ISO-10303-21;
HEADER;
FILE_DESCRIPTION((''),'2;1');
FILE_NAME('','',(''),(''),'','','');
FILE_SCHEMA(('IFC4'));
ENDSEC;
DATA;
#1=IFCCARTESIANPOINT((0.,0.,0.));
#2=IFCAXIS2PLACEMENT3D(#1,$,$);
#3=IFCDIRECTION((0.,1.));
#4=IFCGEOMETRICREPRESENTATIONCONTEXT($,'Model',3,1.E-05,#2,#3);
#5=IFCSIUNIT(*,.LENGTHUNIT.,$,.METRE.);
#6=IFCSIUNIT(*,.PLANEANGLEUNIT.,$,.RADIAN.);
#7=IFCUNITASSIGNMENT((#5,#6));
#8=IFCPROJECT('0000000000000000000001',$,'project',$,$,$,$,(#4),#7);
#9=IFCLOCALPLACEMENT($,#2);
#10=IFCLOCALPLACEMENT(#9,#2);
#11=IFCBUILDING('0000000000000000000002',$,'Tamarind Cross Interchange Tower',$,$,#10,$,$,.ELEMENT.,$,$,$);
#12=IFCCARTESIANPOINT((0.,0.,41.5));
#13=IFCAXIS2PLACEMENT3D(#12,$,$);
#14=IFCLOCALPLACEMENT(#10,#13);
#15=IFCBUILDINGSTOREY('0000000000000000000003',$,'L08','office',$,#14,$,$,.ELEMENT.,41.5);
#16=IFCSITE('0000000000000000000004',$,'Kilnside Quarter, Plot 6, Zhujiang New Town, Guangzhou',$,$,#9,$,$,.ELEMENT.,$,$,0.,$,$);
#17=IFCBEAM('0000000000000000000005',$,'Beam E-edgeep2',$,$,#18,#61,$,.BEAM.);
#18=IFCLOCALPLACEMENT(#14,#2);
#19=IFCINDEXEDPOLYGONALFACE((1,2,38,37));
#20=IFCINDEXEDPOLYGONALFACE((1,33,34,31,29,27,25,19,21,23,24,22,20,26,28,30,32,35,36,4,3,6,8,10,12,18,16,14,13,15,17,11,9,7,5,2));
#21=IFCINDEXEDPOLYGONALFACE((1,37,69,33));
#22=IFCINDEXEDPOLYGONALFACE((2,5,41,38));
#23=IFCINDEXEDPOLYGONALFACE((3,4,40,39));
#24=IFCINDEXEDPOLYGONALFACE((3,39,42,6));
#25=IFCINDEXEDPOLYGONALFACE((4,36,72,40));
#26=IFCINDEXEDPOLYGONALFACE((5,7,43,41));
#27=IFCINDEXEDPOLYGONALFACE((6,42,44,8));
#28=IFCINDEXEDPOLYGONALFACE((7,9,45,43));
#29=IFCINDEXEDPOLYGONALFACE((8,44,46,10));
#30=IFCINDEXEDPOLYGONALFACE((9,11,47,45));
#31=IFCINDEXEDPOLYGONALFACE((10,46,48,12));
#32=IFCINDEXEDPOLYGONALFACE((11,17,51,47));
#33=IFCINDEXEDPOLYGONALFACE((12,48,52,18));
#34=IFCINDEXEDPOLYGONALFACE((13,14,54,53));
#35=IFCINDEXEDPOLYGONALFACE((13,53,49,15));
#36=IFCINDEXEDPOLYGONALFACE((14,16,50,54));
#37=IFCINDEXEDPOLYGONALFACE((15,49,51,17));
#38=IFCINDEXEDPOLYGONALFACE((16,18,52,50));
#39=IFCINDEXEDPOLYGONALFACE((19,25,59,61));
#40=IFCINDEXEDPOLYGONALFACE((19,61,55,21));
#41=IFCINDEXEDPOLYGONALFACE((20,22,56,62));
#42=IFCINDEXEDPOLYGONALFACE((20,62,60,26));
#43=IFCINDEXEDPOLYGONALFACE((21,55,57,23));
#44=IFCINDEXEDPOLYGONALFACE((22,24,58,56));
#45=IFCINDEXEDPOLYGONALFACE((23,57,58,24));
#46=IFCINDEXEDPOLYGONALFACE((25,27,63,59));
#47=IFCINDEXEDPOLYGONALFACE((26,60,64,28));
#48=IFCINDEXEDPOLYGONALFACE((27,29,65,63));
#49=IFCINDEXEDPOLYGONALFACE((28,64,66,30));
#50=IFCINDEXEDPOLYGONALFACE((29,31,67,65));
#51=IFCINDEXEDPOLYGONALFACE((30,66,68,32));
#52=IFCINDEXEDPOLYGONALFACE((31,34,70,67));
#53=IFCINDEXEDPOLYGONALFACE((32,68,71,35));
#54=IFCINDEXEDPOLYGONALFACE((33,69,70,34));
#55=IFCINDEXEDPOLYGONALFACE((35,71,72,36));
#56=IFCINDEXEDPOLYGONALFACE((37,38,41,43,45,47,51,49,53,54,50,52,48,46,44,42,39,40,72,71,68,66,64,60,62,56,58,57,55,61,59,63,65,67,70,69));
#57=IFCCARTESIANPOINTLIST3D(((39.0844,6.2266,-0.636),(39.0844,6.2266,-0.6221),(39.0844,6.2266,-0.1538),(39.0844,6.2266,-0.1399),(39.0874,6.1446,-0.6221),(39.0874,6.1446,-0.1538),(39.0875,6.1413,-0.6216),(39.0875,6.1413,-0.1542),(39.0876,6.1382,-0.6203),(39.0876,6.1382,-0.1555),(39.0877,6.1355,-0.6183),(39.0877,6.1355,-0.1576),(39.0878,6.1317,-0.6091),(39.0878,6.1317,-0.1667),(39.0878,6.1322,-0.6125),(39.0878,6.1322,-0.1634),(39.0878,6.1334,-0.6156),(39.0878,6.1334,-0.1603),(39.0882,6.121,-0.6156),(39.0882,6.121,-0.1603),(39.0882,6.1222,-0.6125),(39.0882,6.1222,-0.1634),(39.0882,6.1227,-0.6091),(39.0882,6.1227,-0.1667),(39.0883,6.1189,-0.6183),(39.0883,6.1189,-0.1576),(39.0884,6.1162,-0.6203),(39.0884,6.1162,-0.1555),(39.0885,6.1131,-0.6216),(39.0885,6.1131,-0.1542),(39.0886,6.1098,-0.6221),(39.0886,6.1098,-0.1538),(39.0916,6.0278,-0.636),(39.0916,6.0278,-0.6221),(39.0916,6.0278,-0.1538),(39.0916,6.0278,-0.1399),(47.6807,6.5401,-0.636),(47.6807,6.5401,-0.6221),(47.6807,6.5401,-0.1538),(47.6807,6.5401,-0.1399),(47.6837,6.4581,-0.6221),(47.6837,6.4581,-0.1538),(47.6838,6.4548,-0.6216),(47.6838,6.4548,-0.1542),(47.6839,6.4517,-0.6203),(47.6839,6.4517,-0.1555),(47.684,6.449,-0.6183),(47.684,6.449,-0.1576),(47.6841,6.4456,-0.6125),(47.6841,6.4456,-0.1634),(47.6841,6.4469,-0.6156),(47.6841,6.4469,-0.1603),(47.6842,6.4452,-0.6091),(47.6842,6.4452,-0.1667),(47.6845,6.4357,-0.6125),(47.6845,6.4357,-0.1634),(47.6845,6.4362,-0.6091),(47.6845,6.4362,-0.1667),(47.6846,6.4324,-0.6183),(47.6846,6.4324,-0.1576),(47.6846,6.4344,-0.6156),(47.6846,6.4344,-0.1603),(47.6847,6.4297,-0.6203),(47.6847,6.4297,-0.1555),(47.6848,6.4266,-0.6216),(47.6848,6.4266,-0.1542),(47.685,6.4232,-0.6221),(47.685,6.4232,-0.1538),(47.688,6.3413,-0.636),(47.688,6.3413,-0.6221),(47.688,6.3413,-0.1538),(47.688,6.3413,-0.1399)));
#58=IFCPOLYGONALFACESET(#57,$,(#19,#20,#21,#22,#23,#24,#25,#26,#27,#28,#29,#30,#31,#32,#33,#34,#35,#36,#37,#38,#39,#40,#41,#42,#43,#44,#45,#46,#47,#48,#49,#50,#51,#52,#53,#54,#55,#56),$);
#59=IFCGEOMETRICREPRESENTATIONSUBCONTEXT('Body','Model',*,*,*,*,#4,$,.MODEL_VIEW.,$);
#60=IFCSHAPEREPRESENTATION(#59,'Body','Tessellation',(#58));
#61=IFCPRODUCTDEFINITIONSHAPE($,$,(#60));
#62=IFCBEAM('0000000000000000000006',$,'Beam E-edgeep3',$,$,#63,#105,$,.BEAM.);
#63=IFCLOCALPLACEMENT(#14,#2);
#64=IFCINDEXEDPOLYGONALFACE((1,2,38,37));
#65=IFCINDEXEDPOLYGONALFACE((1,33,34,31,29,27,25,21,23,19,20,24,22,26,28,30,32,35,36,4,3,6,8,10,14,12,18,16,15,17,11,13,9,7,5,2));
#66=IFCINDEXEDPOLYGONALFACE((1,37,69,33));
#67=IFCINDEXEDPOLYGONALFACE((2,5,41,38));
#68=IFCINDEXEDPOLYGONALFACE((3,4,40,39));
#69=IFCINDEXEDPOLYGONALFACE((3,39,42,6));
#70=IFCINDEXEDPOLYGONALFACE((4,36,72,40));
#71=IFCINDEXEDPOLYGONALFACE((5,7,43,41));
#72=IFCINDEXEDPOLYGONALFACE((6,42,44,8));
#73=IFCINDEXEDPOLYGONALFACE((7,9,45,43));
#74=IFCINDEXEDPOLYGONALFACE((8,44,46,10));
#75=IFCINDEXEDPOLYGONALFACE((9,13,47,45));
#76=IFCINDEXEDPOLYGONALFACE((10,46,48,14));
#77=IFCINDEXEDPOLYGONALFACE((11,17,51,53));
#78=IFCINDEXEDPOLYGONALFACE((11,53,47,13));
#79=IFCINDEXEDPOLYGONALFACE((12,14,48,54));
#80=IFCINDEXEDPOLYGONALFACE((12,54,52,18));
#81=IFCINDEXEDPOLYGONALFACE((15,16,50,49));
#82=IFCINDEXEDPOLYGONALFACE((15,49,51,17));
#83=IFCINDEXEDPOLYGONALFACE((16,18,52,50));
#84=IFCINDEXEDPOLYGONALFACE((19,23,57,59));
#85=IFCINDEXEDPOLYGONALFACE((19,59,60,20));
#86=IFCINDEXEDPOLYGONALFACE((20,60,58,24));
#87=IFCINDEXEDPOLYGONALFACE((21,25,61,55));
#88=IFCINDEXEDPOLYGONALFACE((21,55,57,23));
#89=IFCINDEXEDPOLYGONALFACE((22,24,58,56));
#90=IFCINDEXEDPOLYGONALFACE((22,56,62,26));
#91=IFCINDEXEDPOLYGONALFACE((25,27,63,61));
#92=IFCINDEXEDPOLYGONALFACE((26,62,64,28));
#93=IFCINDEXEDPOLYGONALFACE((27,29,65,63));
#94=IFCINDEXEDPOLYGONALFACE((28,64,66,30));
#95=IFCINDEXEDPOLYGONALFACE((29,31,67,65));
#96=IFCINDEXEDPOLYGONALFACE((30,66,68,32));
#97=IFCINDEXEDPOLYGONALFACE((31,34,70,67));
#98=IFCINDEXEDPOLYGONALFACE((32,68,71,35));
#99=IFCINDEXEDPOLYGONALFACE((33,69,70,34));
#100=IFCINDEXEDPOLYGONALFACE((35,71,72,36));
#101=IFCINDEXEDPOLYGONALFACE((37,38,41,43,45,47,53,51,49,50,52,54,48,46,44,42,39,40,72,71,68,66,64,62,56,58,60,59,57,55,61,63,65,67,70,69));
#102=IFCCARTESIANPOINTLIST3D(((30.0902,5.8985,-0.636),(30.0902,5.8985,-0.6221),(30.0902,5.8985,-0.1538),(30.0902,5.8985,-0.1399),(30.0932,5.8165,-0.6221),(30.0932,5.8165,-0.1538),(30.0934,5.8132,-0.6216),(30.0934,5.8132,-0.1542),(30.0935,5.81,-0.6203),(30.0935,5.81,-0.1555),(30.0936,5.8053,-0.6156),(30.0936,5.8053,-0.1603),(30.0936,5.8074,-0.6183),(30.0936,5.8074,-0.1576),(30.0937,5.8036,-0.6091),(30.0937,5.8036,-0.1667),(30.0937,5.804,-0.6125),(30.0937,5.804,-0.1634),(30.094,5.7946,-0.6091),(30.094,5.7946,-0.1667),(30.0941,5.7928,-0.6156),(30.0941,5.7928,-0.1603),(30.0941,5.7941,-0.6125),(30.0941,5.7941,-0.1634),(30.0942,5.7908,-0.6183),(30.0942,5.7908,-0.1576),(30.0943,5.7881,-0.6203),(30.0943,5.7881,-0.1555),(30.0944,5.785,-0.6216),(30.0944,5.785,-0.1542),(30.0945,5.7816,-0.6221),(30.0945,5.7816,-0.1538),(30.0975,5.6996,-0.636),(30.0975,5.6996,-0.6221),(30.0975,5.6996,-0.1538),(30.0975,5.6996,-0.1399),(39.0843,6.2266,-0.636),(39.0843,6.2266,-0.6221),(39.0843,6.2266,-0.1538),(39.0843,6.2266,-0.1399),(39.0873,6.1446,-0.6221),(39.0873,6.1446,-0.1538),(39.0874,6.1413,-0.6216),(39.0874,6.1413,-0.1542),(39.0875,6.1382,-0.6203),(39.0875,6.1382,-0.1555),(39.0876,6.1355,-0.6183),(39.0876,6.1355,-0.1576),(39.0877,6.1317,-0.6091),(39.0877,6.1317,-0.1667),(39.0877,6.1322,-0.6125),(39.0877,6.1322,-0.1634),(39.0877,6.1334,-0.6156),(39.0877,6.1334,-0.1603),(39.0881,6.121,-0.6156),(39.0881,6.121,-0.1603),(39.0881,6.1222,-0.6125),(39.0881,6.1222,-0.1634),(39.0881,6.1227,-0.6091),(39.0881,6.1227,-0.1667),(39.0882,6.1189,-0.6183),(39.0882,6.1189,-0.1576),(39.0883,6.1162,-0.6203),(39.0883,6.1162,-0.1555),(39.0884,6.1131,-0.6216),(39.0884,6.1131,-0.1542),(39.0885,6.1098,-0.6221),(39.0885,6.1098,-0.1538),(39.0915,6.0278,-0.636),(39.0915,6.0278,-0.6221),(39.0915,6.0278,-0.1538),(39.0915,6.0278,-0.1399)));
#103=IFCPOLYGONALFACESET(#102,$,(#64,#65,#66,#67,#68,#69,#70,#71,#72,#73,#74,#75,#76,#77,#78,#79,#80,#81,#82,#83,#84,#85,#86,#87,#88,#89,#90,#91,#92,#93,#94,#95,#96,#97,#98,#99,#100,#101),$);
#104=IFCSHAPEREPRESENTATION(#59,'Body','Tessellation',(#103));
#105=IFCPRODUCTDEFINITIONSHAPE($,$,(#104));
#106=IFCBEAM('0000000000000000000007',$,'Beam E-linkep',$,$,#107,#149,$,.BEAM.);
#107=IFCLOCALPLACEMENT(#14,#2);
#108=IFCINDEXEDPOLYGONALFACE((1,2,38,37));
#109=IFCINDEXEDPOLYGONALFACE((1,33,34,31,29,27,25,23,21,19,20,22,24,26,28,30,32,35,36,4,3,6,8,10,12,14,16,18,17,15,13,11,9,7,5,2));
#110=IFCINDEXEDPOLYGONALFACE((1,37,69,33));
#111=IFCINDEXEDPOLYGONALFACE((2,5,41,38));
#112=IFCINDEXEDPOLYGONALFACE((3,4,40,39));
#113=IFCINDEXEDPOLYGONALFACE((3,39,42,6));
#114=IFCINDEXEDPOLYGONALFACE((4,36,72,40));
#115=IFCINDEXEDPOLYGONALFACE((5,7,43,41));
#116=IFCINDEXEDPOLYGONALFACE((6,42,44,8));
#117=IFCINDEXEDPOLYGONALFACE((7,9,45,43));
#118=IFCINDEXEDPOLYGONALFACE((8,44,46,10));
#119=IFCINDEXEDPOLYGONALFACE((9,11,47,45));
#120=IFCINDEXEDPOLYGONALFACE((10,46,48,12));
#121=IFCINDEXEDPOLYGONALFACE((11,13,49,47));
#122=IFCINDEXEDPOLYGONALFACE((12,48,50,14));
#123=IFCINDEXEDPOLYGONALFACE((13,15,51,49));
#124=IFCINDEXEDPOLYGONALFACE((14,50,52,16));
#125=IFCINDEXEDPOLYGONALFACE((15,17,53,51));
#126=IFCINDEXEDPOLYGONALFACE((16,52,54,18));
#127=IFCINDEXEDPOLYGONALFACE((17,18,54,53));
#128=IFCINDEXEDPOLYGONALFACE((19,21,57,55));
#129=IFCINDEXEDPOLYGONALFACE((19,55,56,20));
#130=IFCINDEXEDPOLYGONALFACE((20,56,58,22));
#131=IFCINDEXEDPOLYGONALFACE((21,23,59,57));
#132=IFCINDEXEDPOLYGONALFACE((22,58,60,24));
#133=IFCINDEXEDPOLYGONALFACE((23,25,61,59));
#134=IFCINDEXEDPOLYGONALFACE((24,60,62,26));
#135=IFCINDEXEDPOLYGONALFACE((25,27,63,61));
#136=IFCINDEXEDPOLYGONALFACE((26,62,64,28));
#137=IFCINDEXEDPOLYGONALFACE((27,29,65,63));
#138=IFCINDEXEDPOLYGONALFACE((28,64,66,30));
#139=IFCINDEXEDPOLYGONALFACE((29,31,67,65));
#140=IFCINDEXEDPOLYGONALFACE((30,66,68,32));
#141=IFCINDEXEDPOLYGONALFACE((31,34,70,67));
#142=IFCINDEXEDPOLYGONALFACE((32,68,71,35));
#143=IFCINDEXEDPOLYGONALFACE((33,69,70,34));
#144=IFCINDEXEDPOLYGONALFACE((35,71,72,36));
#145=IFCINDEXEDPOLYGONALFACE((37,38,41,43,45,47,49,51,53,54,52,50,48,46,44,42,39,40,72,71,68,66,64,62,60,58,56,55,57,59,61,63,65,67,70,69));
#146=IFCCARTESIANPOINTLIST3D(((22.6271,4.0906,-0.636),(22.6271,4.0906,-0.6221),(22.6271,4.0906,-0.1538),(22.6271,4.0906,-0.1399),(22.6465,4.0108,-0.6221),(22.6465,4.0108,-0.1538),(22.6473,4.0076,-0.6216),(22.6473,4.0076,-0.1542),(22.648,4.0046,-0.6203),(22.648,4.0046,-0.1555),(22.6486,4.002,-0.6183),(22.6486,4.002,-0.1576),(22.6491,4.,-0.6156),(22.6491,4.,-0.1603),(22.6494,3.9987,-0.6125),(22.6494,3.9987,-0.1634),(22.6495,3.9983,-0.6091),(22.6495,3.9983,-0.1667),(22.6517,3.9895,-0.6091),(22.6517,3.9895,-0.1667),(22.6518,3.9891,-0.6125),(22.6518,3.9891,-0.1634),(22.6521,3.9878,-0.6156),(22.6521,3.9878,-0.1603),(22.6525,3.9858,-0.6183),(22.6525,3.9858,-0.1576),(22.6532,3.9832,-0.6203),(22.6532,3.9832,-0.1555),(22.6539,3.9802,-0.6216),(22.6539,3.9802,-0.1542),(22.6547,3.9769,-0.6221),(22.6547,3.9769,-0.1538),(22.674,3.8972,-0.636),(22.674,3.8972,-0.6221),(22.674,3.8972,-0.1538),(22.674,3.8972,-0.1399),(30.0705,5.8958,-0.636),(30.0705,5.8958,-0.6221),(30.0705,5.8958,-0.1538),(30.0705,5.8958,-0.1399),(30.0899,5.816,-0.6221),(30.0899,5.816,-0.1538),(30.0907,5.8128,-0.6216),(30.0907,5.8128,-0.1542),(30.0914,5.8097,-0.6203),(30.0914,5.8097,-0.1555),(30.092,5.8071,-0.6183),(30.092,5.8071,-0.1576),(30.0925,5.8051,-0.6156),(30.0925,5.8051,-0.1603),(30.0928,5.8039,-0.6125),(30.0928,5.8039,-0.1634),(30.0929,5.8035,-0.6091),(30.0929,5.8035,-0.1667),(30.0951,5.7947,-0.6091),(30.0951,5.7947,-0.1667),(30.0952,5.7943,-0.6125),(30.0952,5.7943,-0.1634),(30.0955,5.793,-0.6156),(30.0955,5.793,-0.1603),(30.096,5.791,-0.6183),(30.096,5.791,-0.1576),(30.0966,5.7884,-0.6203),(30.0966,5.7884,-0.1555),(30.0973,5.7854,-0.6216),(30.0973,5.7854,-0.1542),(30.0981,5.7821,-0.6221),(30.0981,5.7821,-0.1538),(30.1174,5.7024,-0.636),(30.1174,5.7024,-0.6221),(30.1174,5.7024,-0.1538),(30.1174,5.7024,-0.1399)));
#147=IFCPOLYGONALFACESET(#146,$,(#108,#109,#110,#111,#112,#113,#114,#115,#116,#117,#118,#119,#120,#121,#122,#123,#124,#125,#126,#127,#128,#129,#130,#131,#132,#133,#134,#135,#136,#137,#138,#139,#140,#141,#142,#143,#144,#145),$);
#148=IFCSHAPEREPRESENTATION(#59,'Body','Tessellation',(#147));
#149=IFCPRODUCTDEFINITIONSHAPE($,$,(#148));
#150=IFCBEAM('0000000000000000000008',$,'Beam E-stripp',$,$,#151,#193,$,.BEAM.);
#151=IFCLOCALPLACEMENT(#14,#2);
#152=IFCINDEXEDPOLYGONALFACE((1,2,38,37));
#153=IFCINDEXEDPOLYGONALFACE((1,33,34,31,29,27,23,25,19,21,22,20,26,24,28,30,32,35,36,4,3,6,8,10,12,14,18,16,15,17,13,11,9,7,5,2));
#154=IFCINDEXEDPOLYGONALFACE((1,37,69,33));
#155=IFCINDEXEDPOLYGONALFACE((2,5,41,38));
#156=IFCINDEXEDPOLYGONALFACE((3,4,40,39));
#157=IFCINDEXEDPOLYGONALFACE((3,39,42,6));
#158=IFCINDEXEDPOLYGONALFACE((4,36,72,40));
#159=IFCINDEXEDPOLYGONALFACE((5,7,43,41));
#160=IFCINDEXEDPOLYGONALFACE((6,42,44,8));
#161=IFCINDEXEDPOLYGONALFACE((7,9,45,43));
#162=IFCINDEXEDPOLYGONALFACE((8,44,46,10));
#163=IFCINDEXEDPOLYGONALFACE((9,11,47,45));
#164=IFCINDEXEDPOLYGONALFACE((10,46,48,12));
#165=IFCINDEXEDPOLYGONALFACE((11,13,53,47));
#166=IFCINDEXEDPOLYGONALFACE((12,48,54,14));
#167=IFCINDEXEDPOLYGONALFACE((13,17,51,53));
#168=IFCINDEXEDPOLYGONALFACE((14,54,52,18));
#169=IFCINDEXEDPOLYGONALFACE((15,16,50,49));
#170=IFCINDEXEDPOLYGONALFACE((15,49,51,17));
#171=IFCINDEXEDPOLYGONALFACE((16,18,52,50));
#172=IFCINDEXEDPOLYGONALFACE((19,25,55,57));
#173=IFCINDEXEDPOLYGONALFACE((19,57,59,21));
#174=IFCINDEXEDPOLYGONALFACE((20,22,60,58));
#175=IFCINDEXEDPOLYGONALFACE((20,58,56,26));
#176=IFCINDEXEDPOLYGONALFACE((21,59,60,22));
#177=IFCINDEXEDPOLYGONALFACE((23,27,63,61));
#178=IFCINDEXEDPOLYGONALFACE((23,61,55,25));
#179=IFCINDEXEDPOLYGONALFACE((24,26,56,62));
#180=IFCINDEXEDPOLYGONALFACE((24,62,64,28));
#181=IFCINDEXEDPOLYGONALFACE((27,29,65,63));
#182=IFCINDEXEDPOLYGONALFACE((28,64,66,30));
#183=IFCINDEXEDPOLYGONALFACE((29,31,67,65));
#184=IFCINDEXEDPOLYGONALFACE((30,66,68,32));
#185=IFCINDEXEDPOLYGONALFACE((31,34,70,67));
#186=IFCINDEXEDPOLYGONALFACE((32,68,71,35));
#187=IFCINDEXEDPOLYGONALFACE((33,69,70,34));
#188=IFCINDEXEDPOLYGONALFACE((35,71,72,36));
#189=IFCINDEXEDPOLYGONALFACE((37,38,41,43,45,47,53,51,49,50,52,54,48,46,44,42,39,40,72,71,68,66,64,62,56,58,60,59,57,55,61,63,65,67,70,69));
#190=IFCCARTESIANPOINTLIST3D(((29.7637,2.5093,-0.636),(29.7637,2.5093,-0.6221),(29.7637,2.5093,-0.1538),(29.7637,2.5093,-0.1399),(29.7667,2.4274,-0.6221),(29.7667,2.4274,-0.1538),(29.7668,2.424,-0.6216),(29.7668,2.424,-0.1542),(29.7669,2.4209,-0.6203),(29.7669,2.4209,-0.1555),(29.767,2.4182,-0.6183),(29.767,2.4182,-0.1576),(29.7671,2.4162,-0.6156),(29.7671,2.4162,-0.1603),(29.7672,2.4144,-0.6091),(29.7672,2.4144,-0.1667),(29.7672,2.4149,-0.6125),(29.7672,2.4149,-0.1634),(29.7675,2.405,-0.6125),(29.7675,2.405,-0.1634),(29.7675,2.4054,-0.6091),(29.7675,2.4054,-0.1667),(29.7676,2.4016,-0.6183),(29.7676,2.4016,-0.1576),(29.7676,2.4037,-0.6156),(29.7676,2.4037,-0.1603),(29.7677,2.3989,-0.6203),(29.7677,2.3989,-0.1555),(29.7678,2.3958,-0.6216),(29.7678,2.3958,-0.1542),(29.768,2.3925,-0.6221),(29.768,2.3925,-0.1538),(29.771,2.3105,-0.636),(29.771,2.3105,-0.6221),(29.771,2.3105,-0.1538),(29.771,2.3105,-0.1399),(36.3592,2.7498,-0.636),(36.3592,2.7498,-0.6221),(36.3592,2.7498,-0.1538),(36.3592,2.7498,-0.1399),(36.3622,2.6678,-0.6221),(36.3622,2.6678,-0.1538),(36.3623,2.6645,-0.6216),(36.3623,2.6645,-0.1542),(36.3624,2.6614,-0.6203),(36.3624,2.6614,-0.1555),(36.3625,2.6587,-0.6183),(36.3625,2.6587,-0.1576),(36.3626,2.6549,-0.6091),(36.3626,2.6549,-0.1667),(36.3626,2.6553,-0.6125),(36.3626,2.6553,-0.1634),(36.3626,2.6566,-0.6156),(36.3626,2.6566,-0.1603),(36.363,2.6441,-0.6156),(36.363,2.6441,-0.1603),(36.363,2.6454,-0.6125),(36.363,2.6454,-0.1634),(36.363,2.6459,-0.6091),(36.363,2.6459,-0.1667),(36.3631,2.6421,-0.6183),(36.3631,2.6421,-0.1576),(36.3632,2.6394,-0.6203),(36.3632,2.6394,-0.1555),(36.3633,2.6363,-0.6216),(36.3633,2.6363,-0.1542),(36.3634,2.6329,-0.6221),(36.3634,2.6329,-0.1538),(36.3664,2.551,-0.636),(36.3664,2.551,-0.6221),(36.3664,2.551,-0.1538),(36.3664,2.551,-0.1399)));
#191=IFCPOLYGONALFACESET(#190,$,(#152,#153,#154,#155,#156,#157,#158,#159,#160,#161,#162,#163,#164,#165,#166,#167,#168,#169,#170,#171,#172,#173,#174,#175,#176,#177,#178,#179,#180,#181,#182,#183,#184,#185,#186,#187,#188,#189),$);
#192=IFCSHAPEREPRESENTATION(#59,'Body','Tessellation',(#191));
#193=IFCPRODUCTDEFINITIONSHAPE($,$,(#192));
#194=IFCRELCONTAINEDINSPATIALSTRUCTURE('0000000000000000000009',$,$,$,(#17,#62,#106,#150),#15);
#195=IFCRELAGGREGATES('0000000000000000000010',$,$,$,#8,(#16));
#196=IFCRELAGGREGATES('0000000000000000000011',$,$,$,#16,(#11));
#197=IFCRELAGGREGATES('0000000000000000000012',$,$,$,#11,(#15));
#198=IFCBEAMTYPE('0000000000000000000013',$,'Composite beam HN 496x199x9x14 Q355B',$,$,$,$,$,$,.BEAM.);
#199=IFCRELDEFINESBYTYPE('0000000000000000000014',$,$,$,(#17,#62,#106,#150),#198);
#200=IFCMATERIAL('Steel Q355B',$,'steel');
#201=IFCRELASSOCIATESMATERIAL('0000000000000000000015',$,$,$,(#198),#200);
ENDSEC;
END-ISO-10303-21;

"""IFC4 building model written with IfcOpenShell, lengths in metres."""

from ifc_helpers import new_model, si_unit, direction, frame, origin, origin_2d, place, context, subcontext, project, spatial, i_section, extrude, material, material_profile, profile_set, type_object, element, save


model = new_model("IFC4")

# Units and contexts
model_context = context("Model", 3, precision=1e-05, world=origin(), true_north=direction((0.0, 1.0)))
body_context = subcontext(model_context, "Body", "Model", "MODEL_VIEW")
ifc_project = project(units=[si_unit("LENGTHUNIT", "METRE"), si_unit("PLANEANGLEUNIT", "RADIAN")], contexts=[model_context])

# Site, building, storey
site_placement = place(None, origin())
site = spatial("IfcSite", under=ifc_project, at=site_placement, Name="Kilnside Quarter, Plot 6, Zhujiang New Town, Guangzhou", CompositionType="ELEMENT", RefElevation=0.0)
building_placement = place(site_placement, origin())
building = spatial("IfcBuilding", under=site, at=building_placement, Name="Tamarind Cross Interchange Tower", CompositionType="ELEMENT")
storey_placement = place(building_placement, frame((0.0, 0.0, 41.5)))
storey = spatial("IfcBuildingStorey", under=building, at=storey_placement, Name="L08", Description="office", CompositionType="ELEMENT", Elevation=41.5)

# Beams
ifc_material_1 = material(Name="Steel Q355B", Category="steel")
ifc_material_profile_1 = material_profile(ifc_material_1, i_section(OverallWidth=0.199, OverallDepth=0.4961, WebThickness=0.009, FlangeThickness=0.0139, FilletRadius=0.0129, at=origin_2d()), Name="HN 496x199x9x14")
ifc_profile_set_1 = profile_set([ifc_material_profile_1], Name="Steel Q355B")
beam_type_1 = type_object("IfcBeamType", Name="Composite beam HN 496x199x9x14 Q355B", PredefinedType="BEAM", material=ifc_profile_set_1)
beam_1_placement = place(storey_placement, frame((47.6843, 6.4407, -0.3879), z_axis=(-0.999336, -0.036442, 0.0), x_axis=(0.036442, -0.999336, 0.0)))
element("IfcBeam", 1, at=beam_1_placement, inside=storey, type_object=beam_type_1, Name="Beam E-edgeep2", PredefinedType="BEAM", context=body_context, shape_type="SweptSolid", body=[
    extrude(i_section(OverallWidth=0.199, OverallDepth=0.4961, WebThickness=0.009, FlangeThickness=0.0139, FilletRadius=0.0129, at=origin_2d()), origin(), (0.0, 0.0, 1.0), 8.6021),
])
beam_2_placement = place(storey_placement, frame((39.0879, 6.1272, -0.3879), z_axis=(-0.999335, -0.036459, 0.0), x_axis=(0.036459, -0.999335, 0.0)))
element("IfcBeam", 2, at=beam_2_placement, inside=storey, type_object=beam_type_1, Name="Beam E-edgeep3", PredefinedType="BEAM", context=body_context, shape_type="SweptSolid", body=[
    extrude(i_section(OverallWidth=0.199, OverallDepth=0.4961, WebThickness=0.009, FlangeThickness=0.0139, FilletRadius=0.0129, at=origin_2d()), origin(), (0.0, 0.0, 1.0), 9.0),
])
beam_3_placement = place(storey_placement, frame((30.094, 5.7991, -0.3879), z_axis=(-0.971828, -0.235689, 0.0), x_axis=(0.235689, -0.971828, 0.0)))
element("IfcBeam", 3, at=beam_3_placement, inside=storey, type_object=beam_type_1, Name="Beam E-linkep", PredefinedType="BEAM", context=body_context, shape_type="SweptSolid", body=[
    extrude(i_section(OverallWidth=0.199, OverallDepth=0.4961, WebThickness=0.009, FlangeThickness=0.0139, FilletRadius=0.0129, at=origin_2d()), origin(), (0.0, 0.0, 1.0), 7.6592),
])
beam_4_placement = place(storey_placement, frame((29.7673, 2.4099, -0.3879), z_axis=(0.999336, 0.036437, 0.0), x_axis=(-0.036437, 0.999336, 0.0)))
element("IfcBeam", 4, at=beam_4_placement, inside=storey, type_object=beam_type_1, Name="Beam E-stripp", PredefinedType="BEAM", context=body_context, shape_type="SweptSolid", body=[
    extrude(i_section(OverallWidth=0.199, OverallDepth=0.4961, WebThickness=0.009, FlangeThickness=0.0139, FilletRadius=0.0129, at=origin_2d()), origin(), (0.0, 0.0, 1.0), 6.5999),
])

save(model, "model.ifc")
